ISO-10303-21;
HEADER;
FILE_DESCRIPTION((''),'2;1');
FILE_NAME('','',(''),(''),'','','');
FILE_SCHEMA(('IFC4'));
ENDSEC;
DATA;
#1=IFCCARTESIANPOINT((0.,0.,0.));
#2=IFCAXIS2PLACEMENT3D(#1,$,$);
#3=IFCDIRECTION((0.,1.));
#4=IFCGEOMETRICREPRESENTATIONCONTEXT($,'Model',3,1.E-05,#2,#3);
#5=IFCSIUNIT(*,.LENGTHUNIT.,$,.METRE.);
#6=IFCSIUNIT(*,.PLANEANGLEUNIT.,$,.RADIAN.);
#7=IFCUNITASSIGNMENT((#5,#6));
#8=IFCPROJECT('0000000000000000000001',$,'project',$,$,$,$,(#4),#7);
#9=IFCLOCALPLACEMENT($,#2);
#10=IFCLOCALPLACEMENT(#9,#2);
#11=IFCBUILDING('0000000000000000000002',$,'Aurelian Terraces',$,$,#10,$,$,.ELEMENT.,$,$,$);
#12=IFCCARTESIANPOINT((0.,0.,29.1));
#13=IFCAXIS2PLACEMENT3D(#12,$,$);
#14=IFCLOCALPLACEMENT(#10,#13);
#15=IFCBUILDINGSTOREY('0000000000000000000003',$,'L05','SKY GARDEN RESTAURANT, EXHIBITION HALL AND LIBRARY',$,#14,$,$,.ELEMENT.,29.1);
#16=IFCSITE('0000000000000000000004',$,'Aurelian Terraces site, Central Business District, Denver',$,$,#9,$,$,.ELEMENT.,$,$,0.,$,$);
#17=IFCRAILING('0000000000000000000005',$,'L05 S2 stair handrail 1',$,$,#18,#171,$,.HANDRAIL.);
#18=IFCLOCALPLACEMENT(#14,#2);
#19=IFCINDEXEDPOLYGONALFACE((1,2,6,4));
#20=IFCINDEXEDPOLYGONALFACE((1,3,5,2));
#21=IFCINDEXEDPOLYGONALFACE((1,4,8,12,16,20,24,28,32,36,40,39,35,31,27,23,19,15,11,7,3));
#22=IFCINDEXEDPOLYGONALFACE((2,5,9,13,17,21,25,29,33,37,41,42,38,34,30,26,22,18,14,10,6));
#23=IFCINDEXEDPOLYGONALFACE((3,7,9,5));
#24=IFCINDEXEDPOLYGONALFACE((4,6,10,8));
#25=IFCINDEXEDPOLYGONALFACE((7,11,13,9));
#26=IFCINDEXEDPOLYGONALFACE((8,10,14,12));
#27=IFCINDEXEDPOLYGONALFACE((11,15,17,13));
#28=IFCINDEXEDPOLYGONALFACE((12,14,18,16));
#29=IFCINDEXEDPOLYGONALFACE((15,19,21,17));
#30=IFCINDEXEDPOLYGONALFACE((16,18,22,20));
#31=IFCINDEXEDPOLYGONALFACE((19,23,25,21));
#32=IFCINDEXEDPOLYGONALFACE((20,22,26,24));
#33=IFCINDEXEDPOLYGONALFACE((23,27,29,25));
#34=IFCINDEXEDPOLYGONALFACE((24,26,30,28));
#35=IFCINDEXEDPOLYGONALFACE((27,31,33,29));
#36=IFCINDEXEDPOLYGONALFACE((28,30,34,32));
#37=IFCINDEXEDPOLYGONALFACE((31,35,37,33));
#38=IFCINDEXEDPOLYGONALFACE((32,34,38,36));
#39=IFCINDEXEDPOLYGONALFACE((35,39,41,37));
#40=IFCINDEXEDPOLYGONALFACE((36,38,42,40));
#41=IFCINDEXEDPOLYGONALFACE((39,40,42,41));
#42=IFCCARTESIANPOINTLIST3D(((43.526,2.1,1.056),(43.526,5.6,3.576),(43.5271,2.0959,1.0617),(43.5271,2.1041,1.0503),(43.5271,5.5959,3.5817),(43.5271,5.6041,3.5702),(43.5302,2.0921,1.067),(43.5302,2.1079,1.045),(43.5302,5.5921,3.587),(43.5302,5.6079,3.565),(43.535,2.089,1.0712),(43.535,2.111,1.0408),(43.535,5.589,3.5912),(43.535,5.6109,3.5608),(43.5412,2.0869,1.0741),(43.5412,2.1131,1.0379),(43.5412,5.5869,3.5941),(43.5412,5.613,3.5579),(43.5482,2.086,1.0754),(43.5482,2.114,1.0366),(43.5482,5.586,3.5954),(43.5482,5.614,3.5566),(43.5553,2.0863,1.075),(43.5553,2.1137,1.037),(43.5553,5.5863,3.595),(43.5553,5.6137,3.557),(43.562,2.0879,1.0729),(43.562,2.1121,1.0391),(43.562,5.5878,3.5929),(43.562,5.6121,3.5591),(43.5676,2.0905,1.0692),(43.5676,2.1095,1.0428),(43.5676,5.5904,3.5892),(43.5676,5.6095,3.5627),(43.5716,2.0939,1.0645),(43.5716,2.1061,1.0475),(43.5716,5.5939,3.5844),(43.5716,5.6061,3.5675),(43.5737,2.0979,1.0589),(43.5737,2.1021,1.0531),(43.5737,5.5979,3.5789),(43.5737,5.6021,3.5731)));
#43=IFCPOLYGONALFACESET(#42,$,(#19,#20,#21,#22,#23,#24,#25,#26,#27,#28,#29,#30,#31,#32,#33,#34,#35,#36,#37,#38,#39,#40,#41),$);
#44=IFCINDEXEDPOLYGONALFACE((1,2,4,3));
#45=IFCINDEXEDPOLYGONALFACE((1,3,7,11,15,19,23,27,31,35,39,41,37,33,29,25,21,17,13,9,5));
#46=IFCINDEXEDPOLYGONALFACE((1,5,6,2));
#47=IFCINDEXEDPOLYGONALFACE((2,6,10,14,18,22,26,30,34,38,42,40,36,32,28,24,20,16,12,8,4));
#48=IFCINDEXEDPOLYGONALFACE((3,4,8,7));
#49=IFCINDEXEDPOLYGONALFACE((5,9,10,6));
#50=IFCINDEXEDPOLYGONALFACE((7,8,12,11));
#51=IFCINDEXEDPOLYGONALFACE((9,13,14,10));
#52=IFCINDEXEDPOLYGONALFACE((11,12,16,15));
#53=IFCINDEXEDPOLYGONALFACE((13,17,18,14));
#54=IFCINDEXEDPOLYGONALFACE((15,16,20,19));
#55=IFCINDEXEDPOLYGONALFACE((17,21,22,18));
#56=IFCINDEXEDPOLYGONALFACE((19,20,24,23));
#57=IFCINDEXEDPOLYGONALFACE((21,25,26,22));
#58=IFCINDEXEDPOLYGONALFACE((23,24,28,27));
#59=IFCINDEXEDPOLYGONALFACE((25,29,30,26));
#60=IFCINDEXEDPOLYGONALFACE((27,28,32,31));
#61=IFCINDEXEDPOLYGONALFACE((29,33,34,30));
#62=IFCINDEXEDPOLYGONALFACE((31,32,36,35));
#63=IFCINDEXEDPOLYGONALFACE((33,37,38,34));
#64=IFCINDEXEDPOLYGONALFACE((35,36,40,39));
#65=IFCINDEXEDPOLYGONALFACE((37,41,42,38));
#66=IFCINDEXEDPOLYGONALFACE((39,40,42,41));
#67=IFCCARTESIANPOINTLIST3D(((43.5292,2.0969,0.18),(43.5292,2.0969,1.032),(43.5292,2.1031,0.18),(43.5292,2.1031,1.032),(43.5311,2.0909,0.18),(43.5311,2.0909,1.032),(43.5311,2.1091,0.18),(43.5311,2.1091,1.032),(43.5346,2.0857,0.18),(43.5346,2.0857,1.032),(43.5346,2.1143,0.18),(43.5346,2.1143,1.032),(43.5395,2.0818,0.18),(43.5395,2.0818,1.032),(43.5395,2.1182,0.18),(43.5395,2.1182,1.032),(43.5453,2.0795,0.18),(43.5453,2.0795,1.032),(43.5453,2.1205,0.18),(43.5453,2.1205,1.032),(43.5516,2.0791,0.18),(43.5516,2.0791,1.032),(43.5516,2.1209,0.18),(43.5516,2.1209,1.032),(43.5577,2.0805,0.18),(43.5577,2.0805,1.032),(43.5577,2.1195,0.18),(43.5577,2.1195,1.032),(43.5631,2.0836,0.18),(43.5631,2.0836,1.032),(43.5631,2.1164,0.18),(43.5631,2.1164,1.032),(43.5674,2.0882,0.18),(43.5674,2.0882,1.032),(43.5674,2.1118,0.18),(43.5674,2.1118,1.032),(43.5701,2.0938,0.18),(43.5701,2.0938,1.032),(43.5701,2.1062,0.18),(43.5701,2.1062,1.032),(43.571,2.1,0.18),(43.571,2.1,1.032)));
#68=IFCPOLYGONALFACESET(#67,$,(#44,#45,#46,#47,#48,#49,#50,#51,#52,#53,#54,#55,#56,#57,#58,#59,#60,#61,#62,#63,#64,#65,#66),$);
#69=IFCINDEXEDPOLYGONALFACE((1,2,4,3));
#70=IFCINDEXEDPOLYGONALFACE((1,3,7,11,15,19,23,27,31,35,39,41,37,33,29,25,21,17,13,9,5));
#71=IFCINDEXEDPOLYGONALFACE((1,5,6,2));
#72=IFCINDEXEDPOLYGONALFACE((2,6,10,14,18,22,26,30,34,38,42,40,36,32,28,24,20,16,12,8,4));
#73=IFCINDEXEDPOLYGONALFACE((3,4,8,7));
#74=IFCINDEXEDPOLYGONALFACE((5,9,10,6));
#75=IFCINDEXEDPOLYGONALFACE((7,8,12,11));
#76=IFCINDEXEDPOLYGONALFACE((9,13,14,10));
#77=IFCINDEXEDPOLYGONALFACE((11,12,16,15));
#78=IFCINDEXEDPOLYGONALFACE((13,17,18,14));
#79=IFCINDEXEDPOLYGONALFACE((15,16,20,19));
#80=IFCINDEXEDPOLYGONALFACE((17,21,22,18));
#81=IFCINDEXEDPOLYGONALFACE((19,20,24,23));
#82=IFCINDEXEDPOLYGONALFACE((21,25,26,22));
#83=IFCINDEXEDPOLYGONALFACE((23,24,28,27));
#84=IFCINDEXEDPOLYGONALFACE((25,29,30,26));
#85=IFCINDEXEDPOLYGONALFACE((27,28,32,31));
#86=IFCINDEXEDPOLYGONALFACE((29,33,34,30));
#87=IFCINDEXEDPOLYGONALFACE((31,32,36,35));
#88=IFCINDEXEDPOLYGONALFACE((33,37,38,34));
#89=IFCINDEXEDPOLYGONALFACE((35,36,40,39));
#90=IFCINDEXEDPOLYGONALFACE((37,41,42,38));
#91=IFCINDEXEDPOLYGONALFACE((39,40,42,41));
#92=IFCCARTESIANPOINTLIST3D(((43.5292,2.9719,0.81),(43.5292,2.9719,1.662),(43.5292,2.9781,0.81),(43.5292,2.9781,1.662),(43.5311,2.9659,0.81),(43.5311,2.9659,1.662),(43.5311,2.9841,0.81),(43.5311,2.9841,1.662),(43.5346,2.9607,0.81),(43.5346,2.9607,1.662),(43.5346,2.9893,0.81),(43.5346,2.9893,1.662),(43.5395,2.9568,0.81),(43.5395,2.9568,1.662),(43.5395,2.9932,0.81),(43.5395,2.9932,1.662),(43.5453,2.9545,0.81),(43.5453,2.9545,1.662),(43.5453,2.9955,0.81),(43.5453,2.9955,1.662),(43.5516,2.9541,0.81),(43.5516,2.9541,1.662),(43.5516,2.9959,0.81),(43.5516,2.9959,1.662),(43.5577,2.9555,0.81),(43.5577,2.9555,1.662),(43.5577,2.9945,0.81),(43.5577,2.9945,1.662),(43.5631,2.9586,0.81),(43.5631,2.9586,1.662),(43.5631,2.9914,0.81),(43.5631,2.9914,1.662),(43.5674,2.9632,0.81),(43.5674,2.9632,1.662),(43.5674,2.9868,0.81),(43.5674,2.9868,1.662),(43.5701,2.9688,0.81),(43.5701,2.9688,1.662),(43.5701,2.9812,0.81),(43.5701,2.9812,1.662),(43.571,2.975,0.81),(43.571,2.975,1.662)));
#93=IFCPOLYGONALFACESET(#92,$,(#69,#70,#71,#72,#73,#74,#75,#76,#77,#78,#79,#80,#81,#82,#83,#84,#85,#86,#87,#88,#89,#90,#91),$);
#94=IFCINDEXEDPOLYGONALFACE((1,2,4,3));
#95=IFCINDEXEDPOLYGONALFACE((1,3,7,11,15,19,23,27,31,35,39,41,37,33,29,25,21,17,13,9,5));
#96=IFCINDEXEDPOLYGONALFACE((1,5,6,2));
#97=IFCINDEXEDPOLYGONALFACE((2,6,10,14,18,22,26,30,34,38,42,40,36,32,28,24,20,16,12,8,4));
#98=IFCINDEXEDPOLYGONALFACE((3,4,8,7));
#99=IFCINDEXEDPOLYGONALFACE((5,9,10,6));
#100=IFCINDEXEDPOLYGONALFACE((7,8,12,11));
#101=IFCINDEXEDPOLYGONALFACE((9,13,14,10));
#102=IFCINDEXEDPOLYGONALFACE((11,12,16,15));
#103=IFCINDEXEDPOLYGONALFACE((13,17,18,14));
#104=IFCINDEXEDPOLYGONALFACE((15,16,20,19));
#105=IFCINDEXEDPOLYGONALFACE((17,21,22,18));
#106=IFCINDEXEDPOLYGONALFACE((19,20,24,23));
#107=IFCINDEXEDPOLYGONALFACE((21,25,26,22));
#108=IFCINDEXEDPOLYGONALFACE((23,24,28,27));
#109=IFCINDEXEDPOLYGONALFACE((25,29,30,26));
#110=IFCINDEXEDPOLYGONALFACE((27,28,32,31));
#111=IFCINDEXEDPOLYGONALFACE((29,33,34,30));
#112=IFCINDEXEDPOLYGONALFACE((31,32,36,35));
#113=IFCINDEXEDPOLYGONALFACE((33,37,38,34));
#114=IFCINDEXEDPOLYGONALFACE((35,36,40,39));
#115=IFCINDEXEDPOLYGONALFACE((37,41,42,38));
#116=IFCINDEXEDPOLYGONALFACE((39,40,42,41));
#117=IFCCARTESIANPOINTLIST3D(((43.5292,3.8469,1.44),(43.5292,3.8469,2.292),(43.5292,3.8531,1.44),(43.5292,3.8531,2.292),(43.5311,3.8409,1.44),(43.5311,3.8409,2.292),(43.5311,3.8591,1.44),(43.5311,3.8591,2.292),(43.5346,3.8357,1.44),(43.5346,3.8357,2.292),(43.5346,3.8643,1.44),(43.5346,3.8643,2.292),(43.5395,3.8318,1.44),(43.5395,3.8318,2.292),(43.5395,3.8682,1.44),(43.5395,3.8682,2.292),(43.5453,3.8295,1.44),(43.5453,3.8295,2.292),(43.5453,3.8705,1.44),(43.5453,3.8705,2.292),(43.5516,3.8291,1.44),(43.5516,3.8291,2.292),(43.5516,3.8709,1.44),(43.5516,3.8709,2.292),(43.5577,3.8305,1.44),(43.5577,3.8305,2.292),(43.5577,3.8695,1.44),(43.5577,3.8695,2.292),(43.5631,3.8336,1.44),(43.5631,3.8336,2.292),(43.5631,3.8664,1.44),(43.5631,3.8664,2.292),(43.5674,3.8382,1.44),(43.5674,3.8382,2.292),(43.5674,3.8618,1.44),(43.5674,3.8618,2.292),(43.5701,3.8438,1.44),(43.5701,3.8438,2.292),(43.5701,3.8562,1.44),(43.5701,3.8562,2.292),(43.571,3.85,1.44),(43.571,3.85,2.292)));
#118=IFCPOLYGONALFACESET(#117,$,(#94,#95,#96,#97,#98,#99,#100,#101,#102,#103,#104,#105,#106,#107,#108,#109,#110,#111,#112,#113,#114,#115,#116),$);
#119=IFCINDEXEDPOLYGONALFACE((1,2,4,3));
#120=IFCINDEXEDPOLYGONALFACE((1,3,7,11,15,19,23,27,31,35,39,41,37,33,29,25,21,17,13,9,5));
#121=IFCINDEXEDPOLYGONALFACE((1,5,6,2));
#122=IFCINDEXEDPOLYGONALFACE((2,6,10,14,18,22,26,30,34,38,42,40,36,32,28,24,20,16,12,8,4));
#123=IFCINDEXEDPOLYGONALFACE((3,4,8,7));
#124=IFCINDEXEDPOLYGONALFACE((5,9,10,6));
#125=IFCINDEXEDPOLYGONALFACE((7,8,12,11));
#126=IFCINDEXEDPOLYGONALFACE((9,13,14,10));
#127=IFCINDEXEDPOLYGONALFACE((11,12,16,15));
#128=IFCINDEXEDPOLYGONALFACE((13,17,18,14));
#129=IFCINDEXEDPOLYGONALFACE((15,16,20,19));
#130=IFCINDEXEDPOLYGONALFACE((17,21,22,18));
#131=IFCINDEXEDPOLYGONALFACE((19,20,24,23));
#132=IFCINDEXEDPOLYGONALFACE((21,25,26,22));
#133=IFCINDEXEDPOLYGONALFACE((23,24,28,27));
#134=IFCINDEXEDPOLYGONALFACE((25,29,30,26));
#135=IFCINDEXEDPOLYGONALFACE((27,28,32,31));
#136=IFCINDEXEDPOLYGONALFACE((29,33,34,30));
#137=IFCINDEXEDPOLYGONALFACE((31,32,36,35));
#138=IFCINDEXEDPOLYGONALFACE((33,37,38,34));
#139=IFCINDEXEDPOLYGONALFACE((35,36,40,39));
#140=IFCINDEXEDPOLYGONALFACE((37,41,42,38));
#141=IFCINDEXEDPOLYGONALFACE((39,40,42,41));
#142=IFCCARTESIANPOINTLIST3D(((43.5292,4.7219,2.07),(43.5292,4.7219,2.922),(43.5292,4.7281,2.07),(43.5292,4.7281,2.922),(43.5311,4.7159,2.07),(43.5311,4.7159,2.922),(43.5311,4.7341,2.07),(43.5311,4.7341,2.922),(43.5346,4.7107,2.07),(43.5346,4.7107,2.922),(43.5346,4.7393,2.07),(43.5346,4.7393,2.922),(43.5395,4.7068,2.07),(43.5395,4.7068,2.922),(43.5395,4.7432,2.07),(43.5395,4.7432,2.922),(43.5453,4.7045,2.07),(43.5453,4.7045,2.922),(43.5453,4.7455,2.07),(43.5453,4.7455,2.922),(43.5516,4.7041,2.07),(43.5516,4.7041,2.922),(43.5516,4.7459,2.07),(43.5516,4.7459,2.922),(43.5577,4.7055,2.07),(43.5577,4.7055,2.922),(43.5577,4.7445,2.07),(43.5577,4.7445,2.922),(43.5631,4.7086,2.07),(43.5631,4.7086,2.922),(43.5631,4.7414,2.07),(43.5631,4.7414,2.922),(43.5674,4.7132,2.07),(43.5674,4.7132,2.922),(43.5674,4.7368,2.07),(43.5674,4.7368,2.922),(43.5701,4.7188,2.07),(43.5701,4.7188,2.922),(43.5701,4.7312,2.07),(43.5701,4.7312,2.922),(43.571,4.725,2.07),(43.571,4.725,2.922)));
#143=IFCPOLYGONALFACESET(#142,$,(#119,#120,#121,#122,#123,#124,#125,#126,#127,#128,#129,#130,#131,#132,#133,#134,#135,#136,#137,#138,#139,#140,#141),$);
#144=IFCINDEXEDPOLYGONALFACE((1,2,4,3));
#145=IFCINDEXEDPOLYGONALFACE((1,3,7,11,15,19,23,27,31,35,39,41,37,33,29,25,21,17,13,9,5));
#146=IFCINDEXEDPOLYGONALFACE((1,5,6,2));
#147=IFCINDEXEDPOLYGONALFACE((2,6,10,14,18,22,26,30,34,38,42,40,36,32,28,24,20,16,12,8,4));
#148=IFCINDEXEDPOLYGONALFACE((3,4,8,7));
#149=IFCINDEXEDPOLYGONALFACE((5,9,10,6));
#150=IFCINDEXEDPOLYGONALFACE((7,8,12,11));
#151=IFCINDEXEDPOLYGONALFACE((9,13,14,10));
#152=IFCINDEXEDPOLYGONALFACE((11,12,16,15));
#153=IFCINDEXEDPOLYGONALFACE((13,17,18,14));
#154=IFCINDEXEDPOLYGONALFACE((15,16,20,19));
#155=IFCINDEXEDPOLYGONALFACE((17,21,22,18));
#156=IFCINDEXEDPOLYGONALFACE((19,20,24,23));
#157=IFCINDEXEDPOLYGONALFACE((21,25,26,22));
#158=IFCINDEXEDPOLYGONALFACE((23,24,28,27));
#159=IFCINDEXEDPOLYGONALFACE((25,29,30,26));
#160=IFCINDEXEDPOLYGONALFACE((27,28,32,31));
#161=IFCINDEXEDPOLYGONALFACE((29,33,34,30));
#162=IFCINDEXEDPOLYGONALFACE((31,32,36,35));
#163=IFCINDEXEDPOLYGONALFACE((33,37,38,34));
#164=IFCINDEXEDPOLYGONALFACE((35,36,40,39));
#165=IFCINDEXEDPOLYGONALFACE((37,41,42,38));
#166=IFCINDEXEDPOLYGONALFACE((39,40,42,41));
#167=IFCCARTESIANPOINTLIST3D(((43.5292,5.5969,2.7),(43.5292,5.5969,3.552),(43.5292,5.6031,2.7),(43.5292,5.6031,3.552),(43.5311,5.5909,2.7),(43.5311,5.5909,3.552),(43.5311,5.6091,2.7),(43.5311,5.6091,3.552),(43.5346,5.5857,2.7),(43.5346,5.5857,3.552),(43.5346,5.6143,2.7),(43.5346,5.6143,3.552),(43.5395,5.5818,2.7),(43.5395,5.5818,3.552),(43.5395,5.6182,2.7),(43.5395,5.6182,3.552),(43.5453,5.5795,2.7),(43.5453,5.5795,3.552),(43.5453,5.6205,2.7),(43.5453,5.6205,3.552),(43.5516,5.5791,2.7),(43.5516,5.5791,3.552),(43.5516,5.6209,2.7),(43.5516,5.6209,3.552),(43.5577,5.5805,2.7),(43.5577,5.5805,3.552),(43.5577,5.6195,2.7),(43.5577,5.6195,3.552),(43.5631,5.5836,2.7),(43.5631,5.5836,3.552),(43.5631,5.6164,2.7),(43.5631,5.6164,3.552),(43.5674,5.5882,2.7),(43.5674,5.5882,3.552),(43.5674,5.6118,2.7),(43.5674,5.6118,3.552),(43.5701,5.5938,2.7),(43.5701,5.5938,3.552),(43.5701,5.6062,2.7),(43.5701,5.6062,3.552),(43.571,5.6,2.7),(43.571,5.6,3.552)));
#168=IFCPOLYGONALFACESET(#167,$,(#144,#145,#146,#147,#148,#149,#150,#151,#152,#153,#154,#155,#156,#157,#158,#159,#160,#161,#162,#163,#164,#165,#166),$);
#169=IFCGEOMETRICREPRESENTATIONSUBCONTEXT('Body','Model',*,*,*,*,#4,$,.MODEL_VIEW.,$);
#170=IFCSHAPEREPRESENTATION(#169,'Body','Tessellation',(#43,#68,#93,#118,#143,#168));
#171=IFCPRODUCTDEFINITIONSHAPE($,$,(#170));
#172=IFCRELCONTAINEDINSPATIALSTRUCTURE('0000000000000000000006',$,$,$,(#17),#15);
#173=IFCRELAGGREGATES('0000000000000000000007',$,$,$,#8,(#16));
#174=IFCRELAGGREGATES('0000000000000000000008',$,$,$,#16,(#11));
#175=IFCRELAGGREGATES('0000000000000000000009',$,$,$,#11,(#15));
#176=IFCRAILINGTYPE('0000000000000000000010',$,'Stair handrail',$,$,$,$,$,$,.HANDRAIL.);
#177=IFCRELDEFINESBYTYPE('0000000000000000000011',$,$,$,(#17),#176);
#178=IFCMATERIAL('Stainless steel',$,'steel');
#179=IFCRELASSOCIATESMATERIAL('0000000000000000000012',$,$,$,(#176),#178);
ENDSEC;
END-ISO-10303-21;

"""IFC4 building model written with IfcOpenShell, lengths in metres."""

from ifc_helpers import new_model, si_unit, direction, frame, origin, origin_2d, place, context, subcontext, project, spatial, circle, extrude, source, transform, mapped, material, type_object, element, save


model = new_model("IFC4")

# Units and contexts
model_context = context("Model", 3, precision=1e-05, world=origin(), true_north=direction((0.0, 1.0)))
body_context = subcontext(model_context, "Body", "Model", "MODEL_VIEW")
ifc_project = project(units=[si_unit("LENGTHUNIT", "METRE"), si_unit("PLANEANGLEUNIT", "RADIAN")], contexts=[model_context])

# Site, building, storey
site_placement = place(None, origin())
site = spatial("IfcSite", under=ifc_project, at=site_placement, Name="Aurelian Terraces site, Central Business District, Denver", CompositionType="ELEMENT", RefElevation=0.0)
building_placement = place(site_placement, origin())
building = spatial("IfcBuilding", under=site, at=building_placement, Name="Aurelian Terraces", CompositionType="ELEMENT")
storey_placement = place(building_placement, frame((0.0, 0.0, 29.1)))
storey = spatial("IfcBuildingStorey", under=building, at=storey_placement, Name="L05", Description="SKY GARDEN RESTAURANT, EXHIBITION HALL AND LIBRARY", CompositionType="ELEMENT", Elevation=29.1)

# Railing
ifc_material_1 = material(Name="Stainless steel", Category="steel")
railing_type_1 = type_object("IfcRailingType", Name="Stair handrail", PredefinedType="HANDRAIL", material=ifc_material_1)
shared_shape_1 = source(origin(), body_context, "Body", "SweptSolid", [
    extrude(circle(Radius=0.024, at=origin_2d()), frame((0.0, 0.0, 0.876), z_axis=(0.0, 0.811534, 0.584305), x_axis=(-1.0, 0.0, 0.0)), (0.0, 0.0, 1.0), 4.3128),
    extrude(circle(Radius=0.021, at=origin_2d()), origin(), (0.0, 0.0, 1.0), 0.852),
    extrude(circle(Radius=0.021, at=origin_2d()), frame((0.0, 0.875, 0.63)), (0.0, 0.0, 1.0), 0.852),
    extrude(circle(Radius=0.021, at=origin_2d()), frame((0.0, 1.75, 1.26)), (0.0, 0.0, 1.0), 0.852),
    extrude(circle(Radius=0.021, at=origin_2d()), frame((0.0, 2.625, 1.89)), (0.0, 0.0, 1.0), 0.852),
    extrude(circle(Radius=0.021, at=origin_2d()), frame((0.0, 3.5, 2.52)), (0.0, 0.0, 1.0), 0.852),
])
railing_1_placement = place(storey_placement, frame((43.55, 2.1, 0.18)))
element("IfcRailing", 1, at=railing_1_placement, inside=storey, type_object=railing_type_1, Name="L05 S2 stair handrail 1", PredefinedType="HANDRAIL", context=body_context, shape_type="MappedRepresentation", body=[
    mapped(shared_shape_1, transform((0.0, 0.0, 0.0), scale=1.0)),
])

save(model, "model.ifc")
